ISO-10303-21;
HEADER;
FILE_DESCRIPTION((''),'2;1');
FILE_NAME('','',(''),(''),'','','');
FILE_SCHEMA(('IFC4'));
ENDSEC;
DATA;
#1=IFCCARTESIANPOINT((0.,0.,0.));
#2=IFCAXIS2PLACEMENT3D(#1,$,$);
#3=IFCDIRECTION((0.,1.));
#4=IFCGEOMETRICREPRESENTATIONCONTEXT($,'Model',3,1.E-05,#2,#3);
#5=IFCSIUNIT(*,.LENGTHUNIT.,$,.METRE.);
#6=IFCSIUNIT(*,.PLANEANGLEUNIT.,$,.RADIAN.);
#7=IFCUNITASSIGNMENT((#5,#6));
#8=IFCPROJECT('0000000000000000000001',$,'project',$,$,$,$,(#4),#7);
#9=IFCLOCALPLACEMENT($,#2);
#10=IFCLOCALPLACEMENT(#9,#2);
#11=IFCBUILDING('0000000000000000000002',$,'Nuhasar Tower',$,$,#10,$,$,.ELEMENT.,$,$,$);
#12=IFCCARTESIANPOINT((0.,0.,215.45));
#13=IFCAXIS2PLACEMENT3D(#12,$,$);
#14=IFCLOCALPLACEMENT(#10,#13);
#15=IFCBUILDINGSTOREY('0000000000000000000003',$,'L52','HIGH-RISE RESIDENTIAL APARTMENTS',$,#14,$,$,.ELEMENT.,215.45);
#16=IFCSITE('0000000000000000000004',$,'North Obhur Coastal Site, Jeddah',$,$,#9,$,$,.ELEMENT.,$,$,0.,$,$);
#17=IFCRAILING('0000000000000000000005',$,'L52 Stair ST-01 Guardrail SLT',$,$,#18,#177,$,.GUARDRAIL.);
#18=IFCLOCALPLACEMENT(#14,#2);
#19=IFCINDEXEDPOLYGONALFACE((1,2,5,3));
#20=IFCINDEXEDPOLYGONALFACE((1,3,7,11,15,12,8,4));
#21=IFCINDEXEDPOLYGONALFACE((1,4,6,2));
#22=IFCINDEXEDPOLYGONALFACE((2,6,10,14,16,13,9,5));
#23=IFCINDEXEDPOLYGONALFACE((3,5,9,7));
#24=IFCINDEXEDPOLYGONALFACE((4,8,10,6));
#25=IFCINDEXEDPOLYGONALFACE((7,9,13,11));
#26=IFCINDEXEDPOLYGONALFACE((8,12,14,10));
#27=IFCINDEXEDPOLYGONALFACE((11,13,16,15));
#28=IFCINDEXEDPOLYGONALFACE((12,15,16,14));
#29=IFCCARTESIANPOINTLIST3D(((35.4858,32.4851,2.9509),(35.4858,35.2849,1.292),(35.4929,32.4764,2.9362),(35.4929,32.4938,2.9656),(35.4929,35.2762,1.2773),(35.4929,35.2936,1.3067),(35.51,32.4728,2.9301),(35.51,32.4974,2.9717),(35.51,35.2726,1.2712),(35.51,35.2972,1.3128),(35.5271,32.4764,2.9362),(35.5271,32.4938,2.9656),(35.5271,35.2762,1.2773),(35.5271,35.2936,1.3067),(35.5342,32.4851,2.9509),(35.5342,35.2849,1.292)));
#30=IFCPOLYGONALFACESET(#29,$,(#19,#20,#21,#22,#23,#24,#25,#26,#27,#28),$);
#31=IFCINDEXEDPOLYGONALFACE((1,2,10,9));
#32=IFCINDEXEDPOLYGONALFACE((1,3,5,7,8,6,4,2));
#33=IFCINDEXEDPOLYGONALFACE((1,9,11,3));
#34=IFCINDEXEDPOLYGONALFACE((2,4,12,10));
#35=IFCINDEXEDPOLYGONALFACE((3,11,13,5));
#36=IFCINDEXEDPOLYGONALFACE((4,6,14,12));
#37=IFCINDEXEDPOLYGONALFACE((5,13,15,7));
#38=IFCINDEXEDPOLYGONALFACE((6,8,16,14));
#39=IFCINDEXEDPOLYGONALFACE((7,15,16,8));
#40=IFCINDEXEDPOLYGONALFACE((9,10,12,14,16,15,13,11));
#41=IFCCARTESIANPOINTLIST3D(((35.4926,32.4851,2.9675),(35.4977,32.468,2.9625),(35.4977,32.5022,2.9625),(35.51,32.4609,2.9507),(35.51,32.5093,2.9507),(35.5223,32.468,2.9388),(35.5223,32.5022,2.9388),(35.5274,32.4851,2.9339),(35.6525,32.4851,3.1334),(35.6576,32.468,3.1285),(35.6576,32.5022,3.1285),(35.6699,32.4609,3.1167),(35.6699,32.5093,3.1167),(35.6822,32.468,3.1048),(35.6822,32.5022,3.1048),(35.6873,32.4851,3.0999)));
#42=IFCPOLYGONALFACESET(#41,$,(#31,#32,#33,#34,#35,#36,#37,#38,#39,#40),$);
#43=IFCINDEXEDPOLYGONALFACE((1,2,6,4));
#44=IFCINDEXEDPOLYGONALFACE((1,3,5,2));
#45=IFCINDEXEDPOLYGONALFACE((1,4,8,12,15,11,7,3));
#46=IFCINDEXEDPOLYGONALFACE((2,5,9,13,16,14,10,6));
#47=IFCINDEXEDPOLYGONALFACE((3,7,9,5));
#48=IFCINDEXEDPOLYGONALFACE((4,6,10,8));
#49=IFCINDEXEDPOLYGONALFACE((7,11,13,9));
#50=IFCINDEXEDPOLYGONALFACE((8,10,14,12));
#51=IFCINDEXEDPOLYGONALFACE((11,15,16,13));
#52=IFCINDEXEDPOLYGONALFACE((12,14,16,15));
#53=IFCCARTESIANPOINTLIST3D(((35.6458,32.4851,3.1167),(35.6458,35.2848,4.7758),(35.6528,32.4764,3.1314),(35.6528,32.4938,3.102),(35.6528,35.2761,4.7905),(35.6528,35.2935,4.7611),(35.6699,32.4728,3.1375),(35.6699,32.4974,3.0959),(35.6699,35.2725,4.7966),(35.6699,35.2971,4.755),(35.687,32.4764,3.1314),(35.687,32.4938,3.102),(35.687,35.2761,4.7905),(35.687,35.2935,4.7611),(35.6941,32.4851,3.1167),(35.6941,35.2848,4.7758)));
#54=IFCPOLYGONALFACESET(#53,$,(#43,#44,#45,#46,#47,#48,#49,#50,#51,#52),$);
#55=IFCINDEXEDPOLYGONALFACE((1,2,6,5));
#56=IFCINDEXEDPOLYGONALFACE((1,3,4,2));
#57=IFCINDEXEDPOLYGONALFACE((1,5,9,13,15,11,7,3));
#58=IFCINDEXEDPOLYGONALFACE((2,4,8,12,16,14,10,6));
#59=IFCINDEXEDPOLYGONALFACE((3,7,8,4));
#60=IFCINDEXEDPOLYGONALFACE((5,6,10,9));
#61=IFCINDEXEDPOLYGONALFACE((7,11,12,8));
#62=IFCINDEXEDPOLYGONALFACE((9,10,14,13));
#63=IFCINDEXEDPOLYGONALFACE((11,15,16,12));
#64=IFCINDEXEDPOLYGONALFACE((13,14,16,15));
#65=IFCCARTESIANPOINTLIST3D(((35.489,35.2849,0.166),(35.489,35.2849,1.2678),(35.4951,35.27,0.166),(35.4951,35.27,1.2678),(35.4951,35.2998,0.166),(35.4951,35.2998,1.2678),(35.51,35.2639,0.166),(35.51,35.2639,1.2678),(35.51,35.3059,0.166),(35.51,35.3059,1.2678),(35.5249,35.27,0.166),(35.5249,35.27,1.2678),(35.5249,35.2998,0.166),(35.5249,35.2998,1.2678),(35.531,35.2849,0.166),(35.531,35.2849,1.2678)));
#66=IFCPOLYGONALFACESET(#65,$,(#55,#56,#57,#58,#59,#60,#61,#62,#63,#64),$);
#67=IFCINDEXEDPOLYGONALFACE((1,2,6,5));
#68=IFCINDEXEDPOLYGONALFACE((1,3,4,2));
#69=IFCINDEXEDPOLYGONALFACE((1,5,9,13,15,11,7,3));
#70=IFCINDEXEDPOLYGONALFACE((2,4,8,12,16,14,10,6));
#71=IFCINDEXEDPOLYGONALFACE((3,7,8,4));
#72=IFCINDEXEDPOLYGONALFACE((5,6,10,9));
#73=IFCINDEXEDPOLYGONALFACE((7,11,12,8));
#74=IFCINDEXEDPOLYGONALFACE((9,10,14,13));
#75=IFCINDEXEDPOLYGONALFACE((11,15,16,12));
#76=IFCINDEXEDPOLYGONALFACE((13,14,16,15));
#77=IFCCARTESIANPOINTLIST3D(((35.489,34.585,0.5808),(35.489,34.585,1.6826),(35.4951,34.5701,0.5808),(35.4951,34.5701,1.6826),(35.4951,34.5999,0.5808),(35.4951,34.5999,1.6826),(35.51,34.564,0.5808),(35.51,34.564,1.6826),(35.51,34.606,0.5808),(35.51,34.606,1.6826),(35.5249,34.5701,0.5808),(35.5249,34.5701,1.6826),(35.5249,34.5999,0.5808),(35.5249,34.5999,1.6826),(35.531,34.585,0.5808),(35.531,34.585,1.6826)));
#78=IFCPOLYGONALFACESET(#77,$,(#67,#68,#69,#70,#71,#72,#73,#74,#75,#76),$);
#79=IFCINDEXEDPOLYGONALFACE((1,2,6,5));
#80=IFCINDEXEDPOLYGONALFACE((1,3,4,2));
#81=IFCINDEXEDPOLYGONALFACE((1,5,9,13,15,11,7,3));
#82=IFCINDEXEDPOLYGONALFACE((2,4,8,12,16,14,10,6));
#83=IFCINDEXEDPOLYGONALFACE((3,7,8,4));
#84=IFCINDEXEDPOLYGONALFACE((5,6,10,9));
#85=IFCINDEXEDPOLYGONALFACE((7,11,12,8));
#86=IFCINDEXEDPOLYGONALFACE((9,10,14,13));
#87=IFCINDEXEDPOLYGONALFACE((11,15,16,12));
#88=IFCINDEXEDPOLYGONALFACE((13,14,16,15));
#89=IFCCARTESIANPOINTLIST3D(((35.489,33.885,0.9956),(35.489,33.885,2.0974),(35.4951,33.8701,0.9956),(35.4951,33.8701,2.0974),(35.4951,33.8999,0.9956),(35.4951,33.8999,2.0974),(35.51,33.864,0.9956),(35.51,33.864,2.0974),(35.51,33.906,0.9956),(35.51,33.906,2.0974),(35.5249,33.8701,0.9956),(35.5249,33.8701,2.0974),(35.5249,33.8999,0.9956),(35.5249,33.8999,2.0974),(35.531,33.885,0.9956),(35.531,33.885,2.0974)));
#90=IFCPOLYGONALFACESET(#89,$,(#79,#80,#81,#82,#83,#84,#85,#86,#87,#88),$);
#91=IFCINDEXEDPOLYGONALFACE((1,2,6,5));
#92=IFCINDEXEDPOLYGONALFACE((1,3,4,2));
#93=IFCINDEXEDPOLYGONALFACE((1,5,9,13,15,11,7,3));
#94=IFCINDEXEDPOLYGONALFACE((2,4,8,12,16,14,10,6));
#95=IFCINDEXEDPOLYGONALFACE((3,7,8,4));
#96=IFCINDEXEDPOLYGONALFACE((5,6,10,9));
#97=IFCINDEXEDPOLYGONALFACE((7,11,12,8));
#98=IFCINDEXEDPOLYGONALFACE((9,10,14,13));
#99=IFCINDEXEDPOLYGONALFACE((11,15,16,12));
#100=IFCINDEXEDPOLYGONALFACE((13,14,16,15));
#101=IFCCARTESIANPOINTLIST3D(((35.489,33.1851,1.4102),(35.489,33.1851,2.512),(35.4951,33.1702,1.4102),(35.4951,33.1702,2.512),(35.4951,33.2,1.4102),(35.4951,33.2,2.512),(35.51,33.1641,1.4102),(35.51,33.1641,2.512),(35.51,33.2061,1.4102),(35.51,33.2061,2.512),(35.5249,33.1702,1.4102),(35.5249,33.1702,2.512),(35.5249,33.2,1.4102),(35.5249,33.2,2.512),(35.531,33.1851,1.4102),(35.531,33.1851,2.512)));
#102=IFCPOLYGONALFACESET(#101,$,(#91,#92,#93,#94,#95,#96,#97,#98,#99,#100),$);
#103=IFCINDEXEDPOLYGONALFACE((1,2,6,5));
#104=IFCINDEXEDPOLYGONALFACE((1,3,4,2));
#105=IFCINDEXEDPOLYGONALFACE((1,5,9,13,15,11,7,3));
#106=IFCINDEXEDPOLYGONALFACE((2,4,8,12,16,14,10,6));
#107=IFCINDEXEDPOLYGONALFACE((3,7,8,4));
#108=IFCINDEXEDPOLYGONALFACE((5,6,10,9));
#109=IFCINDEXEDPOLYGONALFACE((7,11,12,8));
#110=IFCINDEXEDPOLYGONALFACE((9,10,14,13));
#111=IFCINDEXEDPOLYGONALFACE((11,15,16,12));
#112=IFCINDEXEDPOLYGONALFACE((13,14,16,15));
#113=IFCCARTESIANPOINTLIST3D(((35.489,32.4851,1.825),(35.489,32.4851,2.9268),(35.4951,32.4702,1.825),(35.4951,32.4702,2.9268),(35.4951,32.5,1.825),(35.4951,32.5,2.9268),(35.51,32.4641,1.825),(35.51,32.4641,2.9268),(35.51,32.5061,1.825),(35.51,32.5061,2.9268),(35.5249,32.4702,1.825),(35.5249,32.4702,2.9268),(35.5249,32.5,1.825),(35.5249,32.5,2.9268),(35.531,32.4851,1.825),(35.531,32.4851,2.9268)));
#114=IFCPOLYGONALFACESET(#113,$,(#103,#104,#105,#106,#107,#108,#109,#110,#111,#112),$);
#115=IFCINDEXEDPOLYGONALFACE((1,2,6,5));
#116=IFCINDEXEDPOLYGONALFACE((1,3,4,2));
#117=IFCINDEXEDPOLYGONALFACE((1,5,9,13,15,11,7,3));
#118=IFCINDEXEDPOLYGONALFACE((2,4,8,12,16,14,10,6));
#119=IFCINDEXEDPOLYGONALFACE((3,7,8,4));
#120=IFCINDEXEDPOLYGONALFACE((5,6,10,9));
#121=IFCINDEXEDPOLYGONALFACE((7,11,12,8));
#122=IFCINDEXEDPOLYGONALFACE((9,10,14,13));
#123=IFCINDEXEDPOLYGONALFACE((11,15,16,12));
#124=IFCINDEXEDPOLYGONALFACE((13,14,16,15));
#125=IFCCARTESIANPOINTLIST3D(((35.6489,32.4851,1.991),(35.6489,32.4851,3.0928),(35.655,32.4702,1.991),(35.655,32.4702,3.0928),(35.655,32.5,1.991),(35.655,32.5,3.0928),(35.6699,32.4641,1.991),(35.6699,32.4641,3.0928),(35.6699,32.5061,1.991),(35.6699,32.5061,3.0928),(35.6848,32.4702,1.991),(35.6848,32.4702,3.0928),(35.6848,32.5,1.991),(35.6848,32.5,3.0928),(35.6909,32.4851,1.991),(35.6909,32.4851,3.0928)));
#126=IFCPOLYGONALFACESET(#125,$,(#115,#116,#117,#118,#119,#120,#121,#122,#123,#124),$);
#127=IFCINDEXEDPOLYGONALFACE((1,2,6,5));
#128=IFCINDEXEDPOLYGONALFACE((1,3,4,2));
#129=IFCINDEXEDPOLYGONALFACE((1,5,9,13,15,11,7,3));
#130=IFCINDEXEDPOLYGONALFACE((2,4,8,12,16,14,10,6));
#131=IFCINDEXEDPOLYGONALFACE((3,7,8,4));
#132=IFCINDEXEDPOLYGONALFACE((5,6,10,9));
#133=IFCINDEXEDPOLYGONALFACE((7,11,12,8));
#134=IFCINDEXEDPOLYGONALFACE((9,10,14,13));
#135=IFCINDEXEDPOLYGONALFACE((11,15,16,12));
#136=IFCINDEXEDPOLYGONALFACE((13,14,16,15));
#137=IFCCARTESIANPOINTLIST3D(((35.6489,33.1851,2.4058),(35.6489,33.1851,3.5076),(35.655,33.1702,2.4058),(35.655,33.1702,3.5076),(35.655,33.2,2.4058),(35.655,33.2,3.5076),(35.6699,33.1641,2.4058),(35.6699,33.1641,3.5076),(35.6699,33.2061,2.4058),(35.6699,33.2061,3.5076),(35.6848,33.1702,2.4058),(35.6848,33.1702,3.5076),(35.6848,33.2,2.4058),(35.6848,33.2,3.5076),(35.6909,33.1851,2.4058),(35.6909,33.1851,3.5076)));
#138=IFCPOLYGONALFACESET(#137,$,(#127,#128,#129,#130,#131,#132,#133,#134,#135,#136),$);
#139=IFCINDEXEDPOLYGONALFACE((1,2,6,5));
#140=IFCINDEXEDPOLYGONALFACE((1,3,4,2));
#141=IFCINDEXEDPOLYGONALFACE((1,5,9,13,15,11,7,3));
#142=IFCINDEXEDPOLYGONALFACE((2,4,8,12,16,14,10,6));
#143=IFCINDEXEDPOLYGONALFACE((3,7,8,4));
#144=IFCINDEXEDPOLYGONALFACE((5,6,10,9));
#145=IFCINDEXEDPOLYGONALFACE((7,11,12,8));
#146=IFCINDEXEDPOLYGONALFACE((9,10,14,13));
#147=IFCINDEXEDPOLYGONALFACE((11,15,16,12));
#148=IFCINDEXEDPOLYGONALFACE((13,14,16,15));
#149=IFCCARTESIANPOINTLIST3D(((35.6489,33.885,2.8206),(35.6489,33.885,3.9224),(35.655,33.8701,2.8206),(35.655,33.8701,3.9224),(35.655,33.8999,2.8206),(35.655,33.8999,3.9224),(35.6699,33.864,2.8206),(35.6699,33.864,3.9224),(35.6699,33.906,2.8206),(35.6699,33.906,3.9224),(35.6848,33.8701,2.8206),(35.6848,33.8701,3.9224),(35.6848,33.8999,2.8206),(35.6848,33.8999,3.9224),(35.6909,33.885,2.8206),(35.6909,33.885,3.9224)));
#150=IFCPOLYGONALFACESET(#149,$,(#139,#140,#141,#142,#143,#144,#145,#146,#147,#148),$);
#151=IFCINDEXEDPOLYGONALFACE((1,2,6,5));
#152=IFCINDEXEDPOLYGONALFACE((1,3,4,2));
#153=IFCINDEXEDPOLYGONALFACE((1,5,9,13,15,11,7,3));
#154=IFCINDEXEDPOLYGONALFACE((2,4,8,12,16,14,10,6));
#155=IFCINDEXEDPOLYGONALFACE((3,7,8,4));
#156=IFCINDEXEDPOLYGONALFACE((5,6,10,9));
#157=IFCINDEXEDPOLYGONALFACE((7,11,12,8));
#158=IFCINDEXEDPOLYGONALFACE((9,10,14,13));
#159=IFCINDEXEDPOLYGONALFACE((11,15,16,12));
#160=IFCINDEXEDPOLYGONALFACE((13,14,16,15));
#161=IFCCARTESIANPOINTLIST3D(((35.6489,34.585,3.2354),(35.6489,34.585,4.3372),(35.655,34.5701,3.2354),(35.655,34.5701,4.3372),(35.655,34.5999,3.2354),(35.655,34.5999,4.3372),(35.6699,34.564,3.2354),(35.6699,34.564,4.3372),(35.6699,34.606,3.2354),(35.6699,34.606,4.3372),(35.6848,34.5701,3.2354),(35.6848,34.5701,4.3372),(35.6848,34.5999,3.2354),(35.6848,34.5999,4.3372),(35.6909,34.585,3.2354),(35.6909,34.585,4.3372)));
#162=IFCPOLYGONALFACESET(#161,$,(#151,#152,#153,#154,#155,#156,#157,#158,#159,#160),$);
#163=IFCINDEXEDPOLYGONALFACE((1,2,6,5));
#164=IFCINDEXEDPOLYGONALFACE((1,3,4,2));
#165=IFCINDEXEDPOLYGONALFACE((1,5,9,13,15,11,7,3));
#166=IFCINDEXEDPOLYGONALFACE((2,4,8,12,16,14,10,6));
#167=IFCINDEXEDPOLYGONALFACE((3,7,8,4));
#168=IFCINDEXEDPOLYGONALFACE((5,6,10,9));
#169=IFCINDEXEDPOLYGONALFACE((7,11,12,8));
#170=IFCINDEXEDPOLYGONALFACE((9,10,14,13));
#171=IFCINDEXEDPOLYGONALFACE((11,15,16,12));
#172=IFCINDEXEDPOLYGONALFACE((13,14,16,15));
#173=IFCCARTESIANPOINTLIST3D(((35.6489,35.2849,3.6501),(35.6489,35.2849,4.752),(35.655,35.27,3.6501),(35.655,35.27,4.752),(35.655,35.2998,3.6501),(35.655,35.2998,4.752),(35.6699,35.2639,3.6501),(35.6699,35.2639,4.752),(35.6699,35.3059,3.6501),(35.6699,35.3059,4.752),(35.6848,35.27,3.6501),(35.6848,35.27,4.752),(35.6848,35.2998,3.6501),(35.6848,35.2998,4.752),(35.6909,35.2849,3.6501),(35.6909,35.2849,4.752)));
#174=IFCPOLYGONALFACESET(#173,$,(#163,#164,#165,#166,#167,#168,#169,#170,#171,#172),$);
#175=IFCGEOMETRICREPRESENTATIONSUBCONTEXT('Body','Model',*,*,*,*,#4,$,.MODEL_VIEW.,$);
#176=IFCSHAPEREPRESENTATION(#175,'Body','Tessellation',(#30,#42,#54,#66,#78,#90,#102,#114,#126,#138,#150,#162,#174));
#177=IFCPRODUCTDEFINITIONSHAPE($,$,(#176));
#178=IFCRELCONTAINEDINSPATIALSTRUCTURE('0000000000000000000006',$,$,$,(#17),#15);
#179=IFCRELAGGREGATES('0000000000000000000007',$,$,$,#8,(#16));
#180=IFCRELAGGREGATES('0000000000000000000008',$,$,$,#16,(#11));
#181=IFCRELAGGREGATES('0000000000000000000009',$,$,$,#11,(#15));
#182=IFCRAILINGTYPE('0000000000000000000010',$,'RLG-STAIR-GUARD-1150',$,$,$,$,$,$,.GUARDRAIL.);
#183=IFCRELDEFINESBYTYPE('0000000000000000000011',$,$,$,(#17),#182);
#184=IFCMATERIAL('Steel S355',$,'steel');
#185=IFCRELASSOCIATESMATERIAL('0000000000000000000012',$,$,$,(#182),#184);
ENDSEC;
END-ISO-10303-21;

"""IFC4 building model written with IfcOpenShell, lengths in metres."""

from ifc_helpers import new_model, si_unit, direction, frame, origin, place, context, subcontext, project, spatial, polyline, outline, extrude, material, type_object, element, save


model = new_model("IFC4")

# Units and contexts
model_context = context("Model", 3, precision=1e-05, world=origin(), true_north=direction((0.0, 1.0)))
body_context = subcontext(model_context, "Body", "Model", "MODEL_VIEW")
ifc_project = project(units=[si_unit("LENGTHUNIT", "METRE"), si_unit("PLANEANGLEUNIT", "RADIAN")], contexts=[model_context])

# Site, building, storey
site_placement = place(None, origin())
site = spatial("IfcSite", under=ifc_project, at=site_placement, Name="North Obhur Coastal Site, Jeddah", CompositionType="ELEMENT", RefElevation=0.0)
building_placement = place(site_placement, origin())
building = spatial("IfcBuilding", under=site, at=building_placement, Name="Nuhasar Tower", CompositionType="ELEMENT")
storey_placement = place(building_placement, frame((0.0, 0.0, 215.45)))
storey = spatial("IfcBuildingStorey", under=building, at=storey_placement, Name="L52", Description="HIGH-RISE RESIDENTIAL APARTMENTS", CompositionType="ELEMENT", Elevation=215.45)

# Shared definitions
ifc_material_1 = material(Name="Steel S355", Category="steel")

# Railing
railing_type_1 = type_object("IfcRailingType", Name="RLG-STAIR-GUARD-1150", PredefinedType="GUARDRAIL", material=ifc_material_1)
railing_1_placement = place(storey_placement, frame((35.51, 35.2849, 0.166)))
element("IfcRailing", 1, at=railing_1_placement, inside=storey, type_object=railing_type_1, Name="L52 Stair ST-01 Guardrail SLT", PredefinedType="GUARDRAIL", context=body_context, shape_type="SweptSolid", body=[
    extrude(outline(polyline([(0.0242, 0.0), (0.0171, 0.0171), (0.0, 0.0242), (-0.0171, 0.0171), (-0.0242, 0.0), (-0.0171, -0.0171), (0.0, -0.0242), (0.0171, -0.0171), (0.0242, 0.0)])), frame((0.0, 0.0, 1.126), z_axis=(0.0, -0.86032, 0.509755), x_axis=(1.0, 0.0, 0.0)), (0.0, 0.0, 1.0), 3.2544),
    extrude(outline(polyline([(0.0242, 0.0), (0.0171, 0.0171), (0.0, 0.0242), (-0.0171, 0.0171), (-0.0242, 0.0), (-0.0171, -0.0171), (0.0, -0.0242), (0.0171, -0.0171), (0.0242, 0.0)])), frame((0.0, -2.7998, 2.7847), z_axis=(0.693743, 0.0, 0.720222), x_axis=(0.0, 1.0, 0.0)), (0.0, 0.0, 1.0), 0.2305),
    extrude(outline(polyline([(0.0242, 0.0), (0.0171, 0.0171), (0.0, 0.0242), (-0.0171, 0.0171), (-0.0242, 0.0), (-0.0171, -0.0171), (0.0, -0.0242), (0.0171, -0.0171), (0.0242, 0.0)])), frame((0.1599, -2.7998, 2.9507), z_axis=(0.0, 0.860287, 0.509811), x_axis=(-1.0, 0.0, 0.0)), (0.0, 0.0, 1.0), 3.2544),
    extrude(outline(polyline([(0.021, 0.0), (0.0149, 0.0149), (0.0, 0.021), (-0.0149, 0.0149), (-0.021, 0.0), (-0.0149, -0.0149), (0.0, -0.021), (0.0149, -0.0149), (0.021, 0.0)])), origin(), (0.0, 0.0, 1.0), 1.1018),
    extrude(outline(polyline([(0.021, 0.0), (0.0149, 0.0149), (0.0, 0.021), (-0.0149, 0.0149), (-0.021, 0.0), (-0.0149, -0.0149), (0.0, -0.021), (0.0149, -0.0149), (0.021, 0.0)])), frame((0.0, -0.7, 0.4148)), (0.0, 0.0, 1.0), 1.1018),
    extrude(outline(polyline([(0.021, 0.0), (0.0149, 0.0149), (0.0, 0.021), (-0.0149, 0.0149), (-0.021, 0.0), (-0.0149, -0.0149), (0.0, -0.021), (0.0149, -0.0149), (0.021, 0.0)])), frame((0.0, -1.3999, 0.8296)), (0.0, 0.0, 1.0), 1.1018),
    extrude(outline(polyline([(0.021, 0.0), (0.0149, 0.0149), (0.0, 0.021), (-0.0149, 0.0149), (-0.021, 0.0), (-0.0149, -0.0149), (0.0, -0.021), (0.0149, -0.0149), (0.021, 0.0)])), frame((0.0, -2.0999, 1.2441)), (0.0, 0.0, 1.0), 1.1018),
    extrude(outline(polyline([(0.021, 0.0), (0.0149, 0.0149), (0.0, 0.021), (-0.0149, 0.0149), (-0.021, 0.0), (-0.0149, -0.0149), (0.0, -0.021), (0.0149, -0.0149), (0.021, 0.0)])), frame((0.0, -2.7998, 1.6589)), (0.0, 0.0, 1.0), 1.1018),
    extrude(outline(polyline([(0.021, 0.0), (0.0149, 0.0149), (0.0, 0.021), (-0.0149, 0.0149), (-0.021, 0.0), (-0.0149, -0.0149), (0.0, -0.021), (0.0149, -0.0149), (0.021, 0.0)])), frame((0.1599, -2.7998, 1.825)), (0.0, 0.0, 1.0), 1.1018),
    extrude(outline(polyline([(0.021, 0.0), (0.0149, 0.0149), (0.0, 0.021), (-0.0149, 0.0149), (-0.021, 0.0), (-0.0149, -0.0149), (0.0, -0.021), (0.0149, -0.0149), (0.021, 0.0)])), frame((0.1599, -2.0999, 2.2397)), (0.0, 0.0, 1.0), 1.1018),
    extrude(outline(polyline([(0.021, 0.0), (0.0149, 0.0149), (0.0, 0.021), (-0.0149, 0.0149), (-0.021, 0.0), (-0.0149, -0.0149), (0.0, -0.021), (0.0149, -0.0149), (0.021, 0.0)])), frame((0.1599, -1.3999, 2.6545)), (0.0, 0.0, 1.0), 1.1018),
    extrude(outline(polyline([(0.021, 0.0), (0.0149, 0.0149), (0.0, 0.021), (-0.0149, 0.0149), (-0.021, 0.0), (-0.0149, -0.0149), (0.0, -0.021), (0.0149, -0.0149), (0.021, 0.0)])), frame((0.1599, -0.7, 3.0693)), (0.0, 0.0, 1.0), 1.1018),
    extrude(outline(polyline([(0.021, 0.0), (0.0149, 0.0149), (0.0, 0.021), (-0.0149, 0.0149), (-0.021, 0.0), (-0.0149, -0.0149), (0.0, -0.021), (0.0149, -0.0149), (0.021, 0.0)])), frame((0.1599, 0.0, 3.4841)), (0.0, 0.0, 1.0), 1.1018),
])

save(model, "model.ifc")
